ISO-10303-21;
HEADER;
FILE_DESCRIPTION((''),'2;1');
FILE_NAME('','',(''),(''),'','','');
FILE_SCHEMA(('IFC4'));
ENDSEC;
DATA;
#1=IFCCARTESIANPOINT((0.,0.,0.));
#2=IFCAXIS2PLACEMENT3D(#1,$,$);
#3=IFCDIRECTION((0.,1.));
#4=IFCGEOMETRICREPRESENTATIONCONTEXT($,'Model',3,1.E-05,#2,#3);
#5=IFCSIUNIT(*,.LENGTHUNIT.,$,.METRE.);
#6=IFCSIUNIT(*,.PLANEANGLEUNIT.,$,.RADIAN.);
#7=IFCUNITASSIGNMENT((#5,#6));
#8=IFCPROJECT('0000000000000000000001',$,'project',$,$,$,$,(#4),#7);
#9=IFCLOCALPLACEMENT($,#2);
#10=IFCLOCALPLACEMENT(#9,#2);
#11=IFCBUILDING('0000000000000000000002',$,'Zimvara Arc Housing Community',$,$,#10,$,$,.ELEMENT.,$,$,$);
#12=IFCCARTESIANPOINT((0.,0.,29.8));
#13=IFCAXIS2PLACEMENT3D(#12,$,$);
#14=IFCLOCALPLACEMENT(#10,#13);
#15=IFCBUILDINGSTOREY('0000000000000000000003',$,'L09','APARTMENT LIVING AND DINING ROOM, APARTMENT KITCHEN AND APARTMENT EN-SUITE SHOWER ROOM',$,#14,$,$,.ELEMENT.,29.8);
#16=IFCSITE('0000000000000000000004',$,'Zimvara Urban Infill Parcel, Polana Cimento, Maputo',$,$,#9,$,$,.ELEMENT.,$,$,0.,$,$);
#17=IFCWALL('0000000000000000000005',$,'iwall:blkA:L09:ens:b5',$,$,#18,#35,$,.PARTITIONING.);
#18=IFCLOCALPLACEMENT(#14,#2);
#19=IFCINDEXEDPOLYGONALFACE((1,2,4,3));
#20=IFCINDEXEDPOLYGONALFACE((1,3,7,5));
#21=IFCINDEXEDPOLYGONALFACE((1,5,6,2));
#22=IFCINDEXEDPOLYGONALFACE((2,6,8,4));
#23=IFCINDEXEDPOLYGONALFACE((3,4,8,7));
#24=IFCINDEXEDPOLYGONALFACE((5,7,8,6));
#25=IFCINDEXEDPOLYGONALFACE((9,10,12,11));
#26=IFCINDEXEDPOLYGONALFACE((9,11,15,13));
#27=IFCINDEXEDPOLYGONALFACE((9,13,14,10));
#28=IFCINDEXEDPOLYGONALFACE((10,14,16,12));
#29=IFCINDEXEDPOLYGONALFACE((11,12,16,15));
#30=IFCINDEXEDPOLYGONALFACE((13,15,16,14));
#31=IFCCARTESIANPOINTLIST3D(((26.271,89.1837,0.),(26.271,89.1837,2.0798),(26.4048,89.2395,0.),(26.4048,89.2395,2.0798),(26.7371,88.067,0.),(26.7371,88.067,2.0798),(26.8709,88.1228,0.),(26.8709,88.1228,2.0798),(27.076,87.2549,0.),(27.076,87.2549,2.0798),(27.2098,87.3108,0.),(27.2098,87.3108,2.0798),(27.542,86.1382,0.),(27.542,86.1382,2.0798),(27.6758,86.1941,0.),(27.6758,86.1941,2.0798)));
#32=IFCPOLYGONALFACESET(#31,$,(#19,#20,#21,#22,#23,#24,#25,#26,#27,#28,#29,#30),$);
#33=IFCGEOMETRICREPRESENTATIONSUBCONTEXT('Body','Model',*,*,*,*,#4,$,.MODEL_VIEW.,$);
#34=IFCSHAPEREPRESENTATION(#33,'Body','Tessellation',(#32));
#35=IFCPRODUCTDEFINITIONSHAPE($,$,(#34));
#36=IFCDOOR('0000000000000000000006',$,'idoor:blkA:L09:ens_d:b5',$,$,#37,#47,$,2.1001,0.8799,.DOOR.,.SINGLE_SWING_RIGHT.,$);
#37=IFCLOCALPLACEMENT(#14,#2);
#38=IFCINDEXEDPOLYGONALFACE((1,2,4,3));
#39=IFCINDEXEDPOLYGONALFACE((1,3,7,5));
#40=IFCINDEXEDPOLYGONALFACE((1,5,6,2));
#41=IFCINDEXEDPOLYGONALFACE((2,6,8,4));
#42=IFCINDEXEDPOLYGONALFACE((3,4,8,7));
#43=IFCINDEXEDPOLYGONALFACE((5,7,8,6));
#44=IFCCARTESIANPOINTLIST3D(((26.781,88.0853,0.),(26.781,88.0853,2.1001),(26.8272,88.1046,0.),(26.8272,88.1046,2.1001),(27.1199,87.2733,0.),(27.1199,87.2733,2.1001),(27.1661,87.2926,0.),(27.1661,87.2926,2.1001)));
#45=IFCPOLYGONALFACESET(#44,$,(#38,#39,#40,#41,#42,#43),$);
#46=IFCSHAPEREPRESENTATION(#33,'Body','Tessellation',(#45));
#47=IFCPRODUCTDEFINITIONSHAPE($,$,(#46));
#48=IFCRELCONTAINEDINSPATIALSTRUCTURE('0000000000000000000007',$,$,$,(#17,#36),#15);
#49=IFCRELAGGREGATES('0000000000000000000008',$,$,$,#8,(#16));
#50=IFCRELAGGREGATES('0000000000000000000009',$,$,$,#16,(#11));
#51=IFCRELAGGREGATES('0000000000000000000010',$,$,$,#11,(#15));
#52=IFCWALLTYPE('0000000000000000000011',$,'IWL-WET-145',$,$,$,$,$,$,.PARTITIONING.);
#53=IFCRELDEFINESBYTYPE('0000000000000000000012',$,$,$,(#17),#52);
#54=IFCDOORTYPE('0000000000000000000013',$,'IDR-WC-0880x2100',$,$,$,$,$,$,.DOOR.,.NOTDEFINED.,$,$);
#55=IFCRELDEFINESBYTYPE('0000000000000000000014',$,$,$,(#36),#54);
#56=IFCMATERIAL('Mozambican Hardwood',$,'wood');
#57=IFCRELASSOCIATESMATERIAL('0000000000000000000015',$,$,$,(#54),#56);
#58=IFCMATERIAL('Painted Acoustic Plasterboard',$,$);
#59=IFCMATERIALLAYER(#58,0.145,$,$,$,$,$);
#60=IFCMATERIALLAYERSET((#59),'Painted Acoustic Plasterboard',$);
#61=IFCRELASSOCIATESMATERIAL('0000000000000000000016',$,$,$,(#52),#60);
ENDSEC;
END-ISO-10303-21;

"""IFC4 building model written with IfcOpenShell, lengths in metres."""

from ifc_helpers import new_model, si_unit, direction, frame, frame_2d, origin, place, context, subcontext, project, spatial, rectangle, extrude, material, layer, layer_set, type_object, element, fill, save


model = new_model("IFC4")

# Units and contexts
model_context = context("Model", 3, precision=1e-05, world=origin(), true_north=direction((0.0, 1.0)))
body_context = subcontext(model_context, "Body", "Model", "MODEL_VIEW")
ifc_project = project(units=[si_unit("LENGTHUNIT", "METRE"), si_unit("PLANEANGLEUNIT", "RADIAN")], contexts=[model_context])

# Site, building, storey
site_placement = place(None, origin())
site = spatial("IfcSite", under=ifc_project, at=site_placement, Name="Zimvara Urban Infill Parcel, Polana Cimento, Maputo", CompositionType="ELEMENT", RefElevation=0.0)
building_placement = place(site_placement, origin())
building = spatial("IfcBuilding", under=site, at=building_placement, Name="Zimvara Arc Housing Community", CompositionType="ELEMENT")
storey_placement = place(building_placement, frame((0.0, 0.0, 29.8)))
storey = spatial("IfcBuildingStorey", under=building, at=storey_placement, Name="L09", Description="APARTMENT LIVING AND DINING ROOM, APARTMENT KITCHEN AND APARTMENT EN-SUITE SHOWER ROOM", CompositionType="ELEMENT", Elevation=29.8)

# Shared definitions
ifc_material_1 = material(Name="Mozambican Hardwood", Category="wood")
door_type_1 = type_object("IfcDoorType", Name="IDR-WC-0880x2100", OperationType="NOTDEFINED", PredefinedType="DOOR", material=ifc_material_1)

# Wall, opening, door
ifc_material_2 = material(Name="Painted Acoustic Plasterboard")
ifc_layer_1 = layer(ifc_material_2, 0.145)
ifc_layer_set_1 = layer_set([ifc_layer_1], Name="Painted Acoustic Plasterboard")
wall_type_1 = type_object("IfcWallType", Name="IWL-WET-145", PredefinedType="PARTITIONING", material=ifc_layer_set_1)
wall_1_placement = place(storey_placement, frame((27.6089, 86.1663, 0.0), z_axis=(0.0, 0.0, 1.0), x_axis=(-0.385151, 0.922854, 0.0)))
wall_1 = element("IfcWall", 1, at=wall_1_placement, inside=storey, type_object=wall_type_1, Name="iwall:blkA:L09:ens:b5", PredefinedType="PARTITIONING", context=body_context, shape_type="SweptSolid", body=[
    extrude(rectangle(XDim=3.3, YDim=0.145, at=frame_2d((1.6499, 0.0))), origin(), (0.0, 0.0, 1.0), 2.0798),
])
opening_1_placement = place(wall_1_placement, frame((1.21, 0.0, 0.0)))
opening_1 = element("IfcOpeningElement", 2, at=opening_1_placement, cuts=wall_1, PredefinedType="OPENING", context=body_context, shape_type="SweptSolid", body=[
    extrude(rectangle(XDim=0.8799, YDim=2.1001, at=frame_2d((0.4399, 1.05))), frame((0.0, 0.0825, 0.0), z_axis=(0.0, -1.0, 0.0), x_axis=(1.0, 0.0, 0.0)), (0.0, 0.0, 1.0), 0.165),
])
door_1_placement = place(opening_1_placement, origin())
door_1 = element("IfcDoor", 3, at=door_1_placement, inside=storey, type_object=door_type_1, Name="idoor:blkA:L09:ens_d:b5", OperationType="SINGLE_SWING_RIGHT", OverallHeight=2.1001, OverallWidth=0.8799, PredefinedType="DOOR", context=body_context, shape_type="SweptSolid", body=[
    extrude(rectangle(XDim=0.8799, YDim=2.1001, at=frame_2d((0.4399, 1.05))), frame((0.0, 0.0249, 0.0), z_axis=(0.0, -1.0, 0.0), x_axis=(1.0, 0.0, 0.0)), (0.0, 0.0, 1.0), 0.05),
])
fill(opening_1, door_1)

save(model, "model.ifc")
